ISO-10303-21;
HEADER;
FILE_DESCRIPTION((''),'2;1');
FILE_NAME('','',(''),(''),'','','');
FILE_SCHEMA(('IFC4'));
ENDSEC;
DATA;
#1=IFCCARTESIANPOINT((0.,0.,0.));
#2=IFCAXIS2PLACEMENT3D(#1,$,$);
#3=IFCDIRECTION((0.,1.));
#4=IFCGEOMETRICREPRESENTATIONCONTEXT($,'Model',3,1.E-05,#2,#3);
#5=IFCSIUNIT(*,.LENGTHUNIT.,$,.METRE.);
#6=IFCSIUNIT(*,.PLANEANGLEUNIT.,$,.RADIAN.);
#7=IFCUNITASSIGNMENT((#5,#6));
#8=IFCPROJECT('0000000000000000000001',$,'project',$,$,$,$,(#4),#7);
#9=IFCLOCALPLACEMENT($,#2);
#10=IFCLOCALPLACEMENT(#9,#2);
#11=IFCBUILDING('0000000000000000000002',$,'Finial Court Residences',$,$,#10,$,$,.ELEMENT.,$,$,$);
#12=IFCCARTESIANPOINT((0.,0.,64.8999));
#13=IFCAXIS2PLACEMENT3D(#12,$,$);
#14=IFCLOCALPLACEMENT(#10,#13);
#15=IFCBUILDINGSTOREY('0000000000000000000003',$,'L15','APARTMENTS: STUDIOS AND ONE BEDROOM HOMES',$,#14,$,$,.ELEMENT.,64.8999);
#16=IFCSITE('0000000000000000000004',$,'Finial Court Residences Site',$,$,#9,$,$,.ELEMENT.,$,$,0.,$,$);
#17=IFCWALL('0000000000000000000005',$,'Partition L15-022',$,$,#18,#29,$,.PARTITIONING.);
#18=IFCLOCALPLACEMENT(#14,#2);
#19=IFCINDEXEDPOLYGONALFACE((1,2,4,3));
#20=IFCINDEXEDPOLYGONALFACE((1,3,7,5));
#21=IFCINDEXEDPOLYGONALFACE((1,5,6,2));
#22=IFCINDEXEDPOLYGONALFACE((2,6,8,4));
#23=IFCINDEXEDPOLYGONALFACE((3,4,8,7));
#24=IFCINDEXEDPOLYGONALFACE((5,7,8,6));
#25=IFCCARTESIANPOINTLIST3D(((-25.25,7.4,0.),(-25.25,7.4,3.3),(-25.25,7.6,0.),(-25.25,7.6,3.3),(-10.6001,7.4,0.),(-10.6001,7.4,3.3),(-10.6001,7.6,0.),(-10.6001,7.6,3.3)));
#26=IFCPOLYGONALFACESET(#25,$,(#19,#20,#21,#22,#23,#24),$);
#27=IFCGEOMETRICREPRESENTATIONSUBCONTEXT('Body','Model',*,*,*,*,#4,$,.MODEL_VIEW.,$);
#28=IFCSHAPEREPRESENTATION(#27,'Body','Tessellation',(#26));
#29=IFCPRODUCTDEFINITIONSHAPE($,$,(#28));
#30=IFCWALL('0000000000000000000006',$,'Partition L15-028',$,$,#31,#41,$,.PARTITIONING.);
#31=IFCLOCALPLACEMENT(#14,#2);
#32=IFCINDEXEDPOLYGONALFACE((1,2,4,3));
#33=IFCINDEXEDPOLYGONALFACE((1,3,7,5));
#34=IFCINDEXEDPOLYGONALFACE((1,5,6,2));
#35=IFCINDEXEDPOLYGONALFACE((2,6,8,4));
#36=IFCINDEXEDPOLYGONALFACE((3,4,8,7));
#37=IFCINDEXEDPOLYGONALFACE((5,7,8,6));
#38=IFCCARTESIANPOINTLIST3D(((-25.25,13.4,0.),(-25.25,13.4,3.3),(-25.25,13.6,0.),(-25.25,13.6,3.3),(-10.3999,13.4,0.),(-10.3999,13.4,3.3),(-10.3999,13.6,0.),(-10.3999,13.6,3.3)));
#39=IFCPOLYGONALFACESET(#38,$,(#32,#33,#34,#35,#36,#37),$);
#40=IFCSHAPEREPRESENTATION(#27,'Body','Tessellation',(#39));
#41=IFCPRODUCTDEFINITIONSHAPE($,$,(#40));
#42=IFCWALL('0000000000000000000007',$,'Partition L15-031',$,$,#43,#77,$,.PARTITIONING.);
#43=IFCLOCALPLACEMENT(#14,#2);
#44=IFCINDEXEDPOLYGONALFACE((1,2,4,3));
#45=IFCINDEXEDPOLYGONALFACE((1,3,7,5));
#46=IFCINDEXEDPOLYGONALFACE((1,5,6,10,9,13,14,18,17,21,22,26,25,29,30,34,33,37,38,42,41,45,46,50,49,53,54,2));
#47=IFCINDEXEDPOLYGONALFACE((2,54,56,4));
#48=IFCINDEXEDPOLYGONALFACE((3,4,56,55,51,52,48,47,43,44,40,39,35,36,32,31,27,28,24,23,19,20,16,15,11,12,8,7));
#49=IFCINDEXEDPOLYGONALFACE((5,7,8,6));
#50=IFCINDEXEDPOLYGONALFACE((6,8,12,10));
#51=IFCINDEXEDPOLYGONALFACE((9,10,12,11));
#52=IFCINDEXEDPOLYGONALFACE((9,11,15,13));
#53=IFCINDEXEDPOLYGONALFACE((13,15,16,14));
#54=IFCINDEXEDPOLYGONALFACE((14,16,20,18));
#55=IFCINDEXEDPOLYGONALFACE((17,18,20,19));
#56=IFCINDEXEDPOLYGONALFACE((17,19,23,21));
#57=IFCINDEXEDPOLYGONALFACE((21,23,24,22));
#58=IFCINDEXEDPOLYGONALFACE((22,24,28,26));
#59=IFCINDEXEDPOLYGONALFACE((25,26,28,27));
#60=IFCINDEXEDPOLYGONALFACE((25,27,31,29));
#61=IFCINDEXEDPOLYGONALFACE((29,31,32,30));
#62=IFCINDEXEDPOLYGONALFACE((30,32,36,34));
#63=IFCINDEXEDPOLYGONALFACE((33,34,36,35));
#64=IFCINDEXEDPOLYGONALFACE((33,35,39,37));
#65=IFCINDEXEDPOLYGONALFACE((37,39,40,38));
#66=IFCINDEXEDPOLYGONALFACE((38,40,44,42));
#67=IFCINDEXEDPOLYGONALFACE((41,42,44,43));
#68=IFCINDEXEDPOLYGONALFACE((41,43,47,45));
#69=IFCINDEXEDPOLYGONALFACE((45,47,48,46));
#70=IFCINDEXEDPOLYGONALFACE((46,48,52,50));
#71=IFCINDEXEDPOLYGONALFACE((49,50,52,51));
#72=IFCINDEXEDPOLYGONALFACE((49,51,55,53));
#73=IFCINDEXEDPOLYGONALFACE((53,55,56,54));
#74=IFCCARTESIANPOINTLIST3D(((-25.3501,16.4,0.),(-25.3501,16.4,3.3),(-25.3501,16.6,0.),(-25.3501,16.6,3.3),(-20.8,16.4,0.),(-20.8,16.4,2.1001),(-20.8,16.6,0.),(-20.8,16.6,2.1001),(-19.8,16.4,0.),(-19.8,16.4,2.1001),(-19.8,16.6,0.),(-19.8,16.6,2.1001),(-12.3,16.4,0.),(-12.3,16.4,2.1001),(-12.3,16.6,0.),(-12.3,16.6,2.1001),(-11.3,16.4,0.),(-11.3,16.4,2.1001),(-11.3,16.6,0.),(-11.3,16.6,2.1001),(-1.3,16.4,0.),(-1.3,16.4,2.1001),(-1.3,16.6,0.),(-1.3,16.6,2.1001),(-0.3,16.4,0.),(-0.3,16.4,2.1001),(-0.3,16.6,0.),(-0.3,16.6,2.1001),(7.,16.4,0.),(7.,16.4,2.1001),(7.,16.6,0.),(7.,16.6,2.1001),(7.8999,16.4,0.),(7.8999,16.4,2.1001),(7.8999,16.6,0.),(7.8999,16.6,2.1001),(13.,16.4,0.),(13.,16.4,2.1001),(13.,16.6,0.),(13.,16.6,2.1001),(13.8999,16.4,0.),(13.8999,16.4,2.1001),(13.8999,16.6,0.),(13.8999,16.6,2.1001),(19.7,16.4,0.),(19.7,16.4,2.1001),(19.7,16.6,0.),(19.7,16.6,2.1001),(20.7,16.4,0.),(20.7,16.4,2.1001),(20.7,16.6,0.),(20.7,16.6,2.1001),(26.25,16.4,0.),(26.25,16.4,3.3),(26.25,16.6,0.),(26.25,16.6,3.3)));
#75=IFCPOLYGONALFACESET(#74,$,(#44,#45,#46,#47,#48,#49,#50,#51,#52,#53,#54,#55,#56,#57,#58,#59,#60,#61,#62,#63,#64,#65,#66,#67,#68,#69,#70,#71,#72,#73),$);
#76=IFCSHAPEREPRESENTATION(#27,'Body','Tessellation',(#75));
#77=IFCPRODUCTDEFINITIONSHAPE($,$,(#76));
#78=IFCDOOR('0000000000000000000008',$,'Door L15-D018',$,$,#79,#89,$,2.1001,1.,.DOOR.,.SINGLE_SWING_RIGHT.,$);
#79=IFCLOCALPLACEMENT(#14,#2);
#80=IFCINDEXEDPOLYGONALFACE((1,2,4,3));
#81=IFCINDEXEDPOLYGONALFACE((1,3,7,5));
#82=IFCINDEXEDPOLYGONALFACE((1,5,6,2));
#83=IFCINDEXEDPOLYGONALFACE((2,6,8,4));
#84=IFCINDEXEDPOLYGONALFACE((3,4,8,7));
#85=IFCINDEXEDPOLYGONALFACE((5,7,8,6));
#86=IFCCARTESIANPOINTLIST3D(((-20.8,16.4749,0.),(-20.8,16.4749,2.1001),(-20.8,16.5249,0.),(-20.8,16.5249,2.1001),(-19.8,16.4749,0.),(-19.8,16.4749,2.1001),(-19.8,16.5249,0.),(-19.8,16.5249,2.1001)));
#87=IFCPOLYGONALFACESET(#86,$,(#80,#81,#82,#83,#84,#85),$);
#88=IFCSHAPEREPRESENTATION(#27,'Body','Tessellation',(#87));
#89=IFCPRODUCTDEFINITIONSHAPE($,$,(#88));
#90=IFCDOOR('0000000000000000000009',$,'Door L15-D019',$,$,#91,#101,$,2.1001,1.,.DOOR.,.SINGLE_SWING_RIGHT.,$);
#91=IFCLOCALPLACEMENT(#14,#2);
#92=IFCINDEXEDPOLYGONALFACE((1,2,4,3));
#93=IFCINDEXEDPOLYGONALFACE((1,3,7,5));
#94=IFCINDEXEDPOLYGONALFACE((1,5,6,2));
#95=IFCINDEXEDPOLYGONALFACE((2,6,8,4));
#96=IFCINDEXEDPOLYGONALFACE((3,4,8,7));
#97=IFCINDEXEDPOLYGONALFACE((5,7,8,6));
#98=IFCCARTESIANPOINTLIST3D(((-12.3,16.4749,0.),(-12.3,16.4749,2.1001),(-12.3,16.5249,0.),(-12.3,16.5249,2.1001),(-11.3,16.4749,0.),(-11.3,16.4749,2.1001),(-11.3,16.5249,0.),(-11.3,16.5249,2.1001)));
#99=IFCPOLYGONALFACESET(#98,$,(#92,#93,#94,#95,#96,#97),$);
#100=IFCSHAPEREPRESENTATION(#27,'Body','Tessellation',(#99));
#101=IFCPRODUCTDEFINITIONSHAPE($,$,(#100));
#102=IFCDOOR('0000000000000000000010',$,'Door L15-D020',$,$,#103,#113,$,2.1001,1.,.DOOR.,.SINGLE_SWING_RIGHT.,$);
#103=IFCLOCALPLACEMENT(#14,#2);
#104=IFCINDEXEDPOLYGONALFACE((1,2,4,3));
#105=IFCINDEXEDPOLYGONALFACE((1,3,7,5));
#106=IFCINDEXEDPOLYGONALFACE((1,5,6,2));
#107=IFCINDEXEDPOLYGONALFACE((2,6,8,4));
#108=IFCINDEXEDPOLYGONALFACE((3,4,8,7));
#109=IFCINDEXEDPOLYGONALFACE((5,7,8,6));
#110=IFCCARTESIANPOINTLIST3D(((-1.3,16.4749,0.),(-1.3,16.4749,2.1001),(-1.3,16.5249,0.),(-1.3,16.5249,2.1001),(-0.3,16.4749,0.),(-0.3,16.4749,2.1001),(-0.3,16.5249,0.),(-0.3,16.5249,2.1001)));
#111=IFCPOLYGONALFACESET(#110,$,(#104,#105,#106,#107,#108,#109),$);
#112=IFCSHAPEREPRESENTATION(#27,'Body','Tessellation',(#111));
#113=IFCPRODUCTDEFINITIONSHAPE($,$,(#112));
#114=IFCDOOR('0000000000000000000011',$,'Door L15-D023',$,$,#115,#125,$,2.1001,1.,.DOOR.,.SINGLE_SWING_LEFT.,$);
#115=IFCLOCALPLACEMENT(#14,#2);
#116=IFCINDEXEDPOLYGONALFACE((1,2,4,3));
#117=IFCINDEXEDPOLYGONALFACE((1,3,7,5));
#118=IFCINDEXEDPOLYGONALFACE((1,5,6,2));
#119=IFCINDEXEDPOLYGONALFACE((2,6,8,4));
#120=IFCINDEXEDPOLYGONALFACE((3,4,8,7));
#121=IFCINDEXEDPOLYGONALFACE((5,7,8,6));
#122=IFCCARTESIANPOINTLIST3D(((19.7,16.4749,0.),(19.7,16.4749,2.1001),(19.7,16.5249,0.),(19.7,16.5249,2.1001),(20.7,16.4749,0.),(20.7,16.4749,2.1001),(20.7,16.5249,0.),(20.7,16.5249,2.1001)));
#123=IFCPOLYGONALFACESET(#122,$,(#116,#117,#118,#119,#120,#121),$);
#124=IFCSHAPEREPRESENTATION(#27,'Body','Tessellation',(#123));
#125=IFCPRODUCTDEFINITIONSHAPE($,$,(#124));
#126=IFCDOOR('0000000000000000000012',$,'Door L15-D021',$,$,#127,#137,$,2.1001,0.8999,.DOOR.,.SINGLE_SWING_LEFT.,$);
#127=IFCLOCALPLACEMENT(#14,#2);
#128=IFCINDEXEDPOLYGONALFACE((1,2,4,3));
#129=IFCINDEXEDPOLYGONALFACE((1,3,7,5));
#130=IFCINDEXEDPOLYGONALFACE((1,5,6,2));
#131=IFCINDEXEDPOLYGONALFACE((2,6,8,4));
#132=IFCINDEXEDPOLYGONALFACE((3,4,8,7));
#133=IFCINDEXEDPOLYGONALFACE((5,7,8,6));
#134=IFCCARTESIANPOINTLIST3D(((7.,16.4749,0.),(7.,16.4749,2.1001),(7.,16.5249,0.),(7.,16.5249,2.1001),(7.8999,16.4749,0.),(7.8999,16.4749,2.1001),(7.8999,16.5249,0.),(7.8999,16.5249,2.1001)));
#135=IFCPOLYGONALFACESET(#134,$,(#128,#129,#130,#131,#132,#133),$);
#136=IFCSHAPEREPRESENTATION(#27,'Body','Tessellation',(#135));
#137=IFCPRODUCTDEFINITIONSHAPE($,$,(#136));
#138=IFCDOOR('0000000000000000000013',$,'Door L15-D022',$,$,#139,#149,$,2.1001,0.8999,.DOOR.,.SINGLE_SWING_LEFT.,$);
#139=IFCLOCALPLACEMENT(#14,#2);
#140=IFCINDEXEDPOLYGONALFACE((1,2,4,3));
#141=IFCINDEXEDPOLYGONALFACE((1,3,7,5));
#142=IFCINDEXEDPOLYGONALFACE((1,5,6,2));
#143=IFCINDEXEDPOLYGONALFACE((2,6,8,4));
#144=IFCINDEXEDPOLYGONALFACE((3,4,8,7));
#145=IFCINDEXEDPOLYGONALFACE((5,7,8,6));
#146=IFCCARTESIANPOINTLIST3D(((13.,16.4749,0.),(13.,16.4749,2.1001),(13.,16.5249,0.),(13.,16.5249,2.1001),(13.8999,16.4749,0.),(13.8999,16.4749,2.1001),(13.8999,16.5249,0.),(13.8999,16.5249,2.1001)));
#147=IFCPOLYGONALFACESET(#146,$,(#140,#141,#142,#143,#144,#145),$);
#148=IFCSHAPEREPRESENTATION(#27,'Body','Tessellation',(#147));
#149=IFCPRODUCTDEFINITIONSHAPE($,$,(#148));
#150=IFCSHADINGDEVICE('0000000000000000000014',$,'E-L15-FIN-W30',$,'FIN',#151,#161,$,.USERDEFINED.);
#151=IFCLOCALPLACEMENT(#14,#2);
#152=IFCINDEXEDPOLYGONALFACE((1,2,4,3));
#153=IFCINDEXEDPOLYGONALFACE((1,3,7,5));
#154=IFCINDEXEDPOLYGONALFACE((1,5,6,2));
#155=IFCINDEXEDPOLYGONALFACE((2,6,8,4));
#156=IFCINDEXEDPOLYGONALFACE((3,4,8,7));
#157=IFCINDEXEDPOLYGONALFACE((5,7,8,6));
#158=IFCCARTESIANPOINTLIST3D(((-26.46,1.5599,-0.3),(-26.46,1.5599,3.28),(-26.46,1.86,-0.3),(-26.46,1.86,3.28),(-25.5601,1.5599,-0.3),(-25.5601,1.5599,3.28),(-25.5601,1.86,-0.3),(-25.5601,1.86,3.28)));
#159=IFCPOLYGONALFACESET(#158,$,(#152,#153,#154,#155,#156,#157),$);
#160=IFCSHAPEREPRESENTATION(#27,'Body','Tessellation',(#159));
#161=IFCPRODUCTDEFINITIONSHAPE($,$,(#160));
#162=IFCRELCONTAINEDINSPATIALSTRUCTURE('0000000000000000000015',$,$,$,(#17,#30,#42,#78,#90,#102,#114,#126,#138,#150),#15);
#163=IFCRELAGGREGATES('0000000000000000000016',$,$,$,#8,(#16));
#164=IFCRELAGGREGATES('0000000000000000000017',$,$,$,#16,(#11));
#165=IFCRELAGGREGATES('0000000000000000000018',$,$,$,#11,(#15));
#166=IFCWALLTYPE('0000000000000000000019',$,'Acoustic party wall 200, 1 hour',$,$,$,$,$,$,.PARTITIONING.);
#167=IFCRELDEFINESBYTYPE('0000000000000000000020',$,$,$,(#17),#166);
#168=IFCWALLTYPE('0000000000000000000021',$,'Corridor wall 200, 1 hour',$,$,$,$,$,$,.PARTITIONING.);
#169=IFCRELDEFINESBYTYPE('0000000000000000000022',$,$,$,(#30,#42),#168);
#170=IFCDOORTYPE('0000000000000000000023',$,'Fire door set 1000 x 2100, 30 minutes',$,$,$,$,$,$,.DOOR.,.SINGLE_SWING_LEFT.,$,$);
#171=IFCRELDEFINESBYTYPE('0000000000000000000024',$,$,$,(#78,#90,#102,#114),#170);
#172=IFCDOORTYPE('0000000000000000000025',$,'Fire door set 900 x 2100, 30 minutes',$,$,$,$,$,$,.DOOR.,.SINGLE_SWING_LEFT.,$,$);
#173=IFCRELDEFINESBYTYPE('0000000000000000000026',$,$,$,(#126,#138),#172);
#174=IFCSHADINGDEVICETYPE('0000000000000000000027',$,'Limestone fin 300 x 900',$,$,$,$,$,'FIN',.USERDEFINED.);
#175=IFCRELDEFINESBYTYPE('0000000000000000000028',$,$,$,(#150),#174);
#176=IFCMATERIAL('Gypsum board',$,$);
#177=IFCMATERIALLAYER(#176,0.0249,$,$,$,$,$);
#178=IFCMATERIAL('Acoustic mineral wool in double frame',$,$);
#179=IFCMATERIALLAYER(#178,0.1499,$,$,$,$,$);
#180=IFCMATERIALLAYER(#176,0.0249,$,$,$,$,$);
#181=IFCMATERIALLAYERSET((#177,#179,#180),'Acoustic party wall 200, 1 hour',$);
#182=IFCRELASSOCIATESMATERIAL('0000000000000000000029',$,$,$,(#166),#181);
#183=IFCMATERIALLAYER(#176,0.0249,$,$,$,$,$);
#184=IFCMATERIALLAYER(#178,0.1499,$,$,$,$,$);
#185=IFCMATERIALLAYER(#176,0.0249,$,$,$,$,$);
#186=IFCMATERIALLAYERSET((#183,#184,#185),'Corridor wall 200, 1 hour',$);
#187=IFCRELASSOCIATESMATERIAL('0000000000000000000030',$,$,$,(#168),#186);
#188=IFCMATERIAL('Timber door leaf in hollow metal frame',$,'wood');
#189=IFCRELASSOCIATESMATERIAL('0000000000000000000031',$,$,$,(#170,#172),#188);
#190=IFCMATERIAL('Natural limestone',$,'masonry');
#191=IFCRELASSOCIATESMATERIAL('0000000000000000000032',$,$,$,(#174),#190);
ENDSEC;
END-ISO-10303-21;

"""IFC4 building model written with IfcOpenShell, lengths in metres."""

from ifc_helpers import new_model, si_unit, direction, frame, frame_2d, origin, origin_2d, place, context, subcontext, project, spatial, rectangle, extrude, material, layer, layer_set, type_object, element, fill, save


model = new_model("IFC4")

# Units and contexts
model_context = context("Model", 3, precision=1e-05, world=origin(), true_north=direction((0.0, 1.0)))
body_context = subcontext(model_context, "Body", "Model", "MODEL_VIEW")
ifc_project = project(units=[si_unit("LENGTHUNIT", "METRE"), si_unit("PLANEANGLEUNIT", "RADIAN")], contexts=[model_context])

# Site, building, storey
site_placement = place(None, origin())
site = spatial("IfcSite", under=ifc_project, at=site_placement, Name="Finial Court Residences Site", CompositionType="ELEMENT", RefElevation=0.0)
building_placement = place(site_placement, origin())
building = spatial("IfcBuilding", under=site, at=building_placement, Name="Finial Court Residences", CompositionType="ELEMENT")
storey_placement = place(building_placement, frame((0.0, 0.0, 64.8999)))
storey = spatial("IfcBuildingStorey", under=building, at=storey_placement, Name="L15", Description="APARTMENTS: STUDIOS AND ONE BEDROOM HOMES", CompositionType="ELEMENT", Elevation=64.8999)

# Walls
ifc_material_1 = material(Name="Gypsum board")
ifc_layer_1 = layer(ifc_material_1, 0.0249)
ifc_material_2 = material(Name="Acoustic mineral wool in double frame")
ifc_layer_2 = layer(ifc_material_2, 0.1499)
ifc_layer_3 = layer(ifc_material_1, 0.0249)
ifc_layer_set_1 = layer_set([ifc_layer_1, ifc_layer_2, ifc_layer_3], Name="Acoustic party wall 200, 1 hour")
wall_type_1 = type_object("IfcWallType", Name="Acoustic party wall 200, 1 hour", PredefinedType="PARTITIONING", material=ifc_layer_set_1)
for number, where, z_axis, x_axis, name in (
    (1, (-25.25, 7.5, 0.0), (0.0, 0.0, 1.0), (1.0, 0.0, 0.0), "Partition L15-022"),
):
    element("IfcWall", number, at=place(storey_placement, frame(where, z_axis=z_axis, x_axis=x_axis)), inside=storey, type_object=wall_type_1, Name=name, PredefinedType="PARTITIONING", context=body_context, shape_type="SweptSolid", body=[
        extrude(rectangle(XDim=14.6499, YDim=0.2, at=frame_2d((7.325, 0.0))), origin(), (0.0, 0.0, 1.0), 3.3),
    ])
ifc_layer_4 = layer(ifc_material_1, 0.0249)
ifc_layer_5 = layer(ifc_material_2, 0.1499)
ifc_layer_6 = layer(ifc_material_1, 0.0249)
ifc_layer_set_2 = layer_set([ifc_layer_4, ifc_layer_5, ifc_layer_6], Name="Corridor wall 200, 1 hour")
wall_type_2 = type_object("IfcWallType", Name="Corridor wall 200, 1 hour", PredefinedType="PARTITIONING", material=ifc_layer_set_2)
wall_1_placement = place(storey_placement, frame((-25.25, 13.5, 0.0), z_axis=(0.0, 0.0, 1.0), x_axis=(1.0, 0.0, 0.0)))
element("IfcWall", 2, at=wall_1_placement, inside=storey, type_object=wall_type_2, Name="Partition L15-028", PredefinedType="PARTITIONING", context=body_context, shape_type="SweptSolid", body=[
    extrude(rectangle(XDim=14.8501, YDim=0.2, at=frame_2d((7.425, 0.0))), origin(), (0.0, 0.0, 1.0), 3.3),
])

# Wall, openings, doors
wall_2_placement = place(storey_placement, frame((-25.3501, 16.5, 0.0), z_axis=(0.0, 0.0, 1.0), x_axis=(1.0, 0.0, 0.0)))
wall_2 = element("IfcWall", 3, at=wall_2_placement, inside=storey, type_object=wall_type_2, Name="Partition L15-031", PredefinedType="PARTITIONING", context=body_context, shape_type="SweptSolid", body=[
    extrude(rectangle(XDim=51.6001, YDim=0.2, at=frame_2d((25.8, 0.0))), origin(), (0.0, 0.0, 1.0), 3.3),
])
opening_1_placement = place(wall_2_placement, frame((4.55, 0.0, 0.0)))
opening_1 = element("IfcOpeningElement", 4, at=opening_1_placement, cuts=wall_2, PredefinedType="OPENING", context=body_context, shape_type="SweptSolid", body=[
    extrude(rectangle(XDim=1.0, YDim=2.1001, at=frame_2d((0.5, 1.05))), frame((0.0, 0.1099, 0.0), z_axis=(0.0, -1.0, 0.0), x_axis=(1.0, 0.0, 0.0)), (0.0, 0.0, 1.0), 0.22),
])
opening_2_placement = place(wall_2_placement, frame((13.05, 0.0, 0.0)))
opening_2 = element("IfcOpeningElement", 5, at=opening_2_placement, cuts=wall_2, PredefinedType="OPENING", context=body_context, shape_type="SweptSolid", body=[
    extrude(rectangle(XDim=1.0, YDim=2.1001, at=frame_2d((0.5, 1.05))), frame((0.0, 0.1099, 0.0), z_axis=(0.0, -1.0, 0.0), x_axis=(1.0, 0.0, 0.0)), (0.0, 0.0, 1.0), 0.22),
])
opening_3_placement = place(wall_2_placement, frame((24.05, 0.0, 0.0)))
opening_3 = element("IfcOpeningElement", 6, at=opening_3_placement, cuts=wall_2, PredefinedType="OPENING", context=body_context, shape_type="SweptSolid", body=[
    extrude(rectangle(XDim=1.0, YDim=2.1001, at=frame_2d((0.5, 1.05))), frame((0.0, 0.1099, 0.0), z_axis=(0.0, -1.0, 0.0), x_axis=(1.0, 0.0, 0.0)), (0.0, 0.0, 1.0), 0.22),
])
opening_4_placement = place(wall_2_placement, frame((32.3501, 0.0, 0.0)))
opening_4 = element("IfcOpeningElement", 7, at=opening_4_placement, cuts=wall_2, PredefinedType="OPENING", context=body_context, shape_type="SweptSolid", body=[
    extrude(rectangle(XDim=0.8999, YDim=2.1001, at=frame_2d((0.45, 1.05))), frame((0.0, 0.1099, 0.0), z_axis=(0.0, -1.0, 0.0), x_axis=(1.0, 0.0, 0.0)), (0.0, 0.0, 1.0), 0.22),
])
opening_5_placement = place(wall_2_placement, frame((38.3501, 0.0, 0.0)))
opening_5 = element("IfcOpeningElement", 8, at=opening_5_placement, cuts=wall_2, PredefinedType="OPENING", context=body_context, shape_type="SweptSolid", body=[
    extrude(rectangle(XDim=0.8999, YDim=2.1001, at=frame_2d((0.45, 1.05))), frame((0.0, 0.1099, 0.0), z_axis=(0.0, -1.0, 0.0), x_axis=(1.0, 0.0, 0.0)), (0.0, 0.0, 1.0), 0.22),
])
opening_6_placement = place(wall_2_placement, frame((45.05, 0.0, 0.0)))
opening_6 = element("IfcOpeningElement", 9, at=opening_6_placement, cuts=wall_2, PredefinedType="OPENING", context=body_context, shape_type="SweptSolid", body=[
    extrude(rectangle(XDim=1.0, YDim=2.1001, at=frame_2d((0.5, 1.05))), frame((0.0, 0.1099, 0.0), z_axis=(0.0, -1.0, 0.0), x_axis=(1.0, 0.0, 0.0)), (0.0, 0.0, 1.0), 0.22),
])
ifc_material_3 = material(Name="Timber door leaf in hollow metal frame", Category="wood")
door_type_1 = type_object("IfcDoorType", Name="Fire door set 1000 x 2100, 30 minutes", OperationType="SINGLE_SWING_LEFT", PredefinedType="DOOR", material=ifc_material_3)
door_1_placement = place(opening_1_placement, origin())
door_1 = element("IfcDoor", 10, at=door_1_placement, inside=storey, type_object=door_type_1, Name="Door L15-D018", OperationType="SINGLE_SWING_RIGHT", OverallHeight=2.1001, OverallWidth=1.0, PredefinedType="DOOR", context=body_context, shape_type="SweptSolid", body=[
    extrude(rectangle(XDim=1.0, YDim=2.1001, at=frame_2d((0.5, 1.05))), frame((0.0, 0.0249, 0.0), z_axis=(0.0, -1.0, 0.0), x_axis=(1.0, 0.0, 0.0)), (0.0, 0.0, 1.0), 0.05),
])
fill(opening_1, door_1)
door_2_placement = place(opening_2_placement, origin())
door_2 = element("IfcDoor", 11, at=door_2_placement, inside=storey, type_object=door_type_1, Name="Door L15-D019", OperationType="SINGLE_SWING_RIGHT", OverallHeight=2.1001, OverallWidth=1.0, PredefinedType="DOOR", context=body_context, shape_type="SweptSolid", body=[
    extrude(rectangle(XDim=1.0, YDim=2.1001, at=frame_2d((0.5, 1.05))), frame((0.0, 0.0249, 0.0), z_axis=(0.0, -1.0, 0.0), x_axis=(1.0, 0.0, 0.0)), (0.0, 0.0, 1.0), 0.05),
])
fill(opening_2, door_2)
door_3_placement = place(opening_3_placement, origin())
door_3 = element("IfcDoor", 12, at=door_3_placement, inside=storey, type_object=door_type_1, Name="Door L15-D020", OperationType="SINGLE_SWING_RIGHT", OverallHeight=2.1001, OverallWidth=1.0, PredefinedType="DOOR", context=body_context, shape_type="SweptSolid", body=[
    extrude(rectangle(XDim=1.0, YDim=2.1001, at=frame_2d((0.5, 1.05))), frame((0.0, 0.0249, 0.0), z_axis=(0.0, -1.0, 0.0), x_axis=(1.0, 0.0, 0.0)), (0.0, 0.0, 1.0), 0.05),
])
fill(opening_3, door_3)
door_4_placement = place(opening_6_placement, origin())
door_4 = element("IfcDoor", 13, at=door_4_placement, inside=storey, type_object=door_type_1, Name="Door L15-D023", OperationType="SINGLE_SWING_LEFT", OverallHeight=2.1001, OverallWidth=1.0, PredefinedType="DOOR", context=body_context, shape_type="SweptSolid", body=[
    extrude(rectangle(XDim=1.0, YDim=2.1001, at=frame_2d((0.5, 1.05))), frame((0.0, 0.0249, 0.0), z_axis=(0.0, -1.0, 0.0), x_axis=(1.0, 0.0, 0.0)), (0.0, 0.0, 1.0), 0.05),
])
fill(opening_6, door_4)
door_type_2 = type_object("IfcDoorType", Name="Fire door set 900 x 2100, 30 minutes", OperationType="SINGLE_SWING_LEFT", PredefinedType="DOOR", material=ifc_material_3)
door_5_placement = place(opening_4_placement, origin())
door_5 = element("IfcDoor", 14, at=door_5_placement, inside=storey, type_object=door_type_2, Name="Door L15-D021", OperationType="SINGLE_SWING_LEFT", OverallHeight=2.1001, OverallWidth=0.8999, PredefinedType="DOOR", context=body_context, shape_type="SweptSolid", body=[
    extrude(rectangle(XDim=0.8999, YDim=2.1001, at=frame_2d((0.45, 1.05))), frame((0.0, 0.0249, 0.0), z_axis=(0.0, -1.0, 0.0), x_axis=(1.0, 0.0, 0.0)), (0.0, 0.0, 1.0), 0.05),
])
fill(opening_4, door_5)
door_6_placement = place(opening_5_placement, origin())
door_6 = element("IfcDoor", 15, at=door_6_placement, inside=storey, type_object=door_type_2, Name="Door L15-D022", OperationType="SINGLE_SWING_LEFT", OverallHeight=2.1001, OverallWidth=0.8999, PredefinedType="DOOR", context=body_context, shape_type="SweptSolid", body=[
    extrude(rectangle(XDim=0.8999, YDim=2.1001, at=frame_2d((0.45, 1.05))), frame((0.0, 0.0249, 0.0), z_axis=(0.0, -1.0, 0.0), x_axis=(1.0, 0.0, 0.0)), (0.0, 0.0, 1.0), 0.05),
])
fill(opening_5, door_6)

# Shading device
ifc_material_4 = material(Name="Natural limestone", Category="masonry")
shading_device_type = type_object("IfcShadingDeviceType", Name="Limestone fin 300 x 900", ElementType="FIN", PredefinedType="USERDEFINED", material=ifc_material_4)
for number, where, z_axis, x_axis, name in (
    (16, (-26.01, 1.71, -0.3), (0.0, 0.0, 1.0), (1.0, 0.0, 0.0), "E-L15-FIN-W30"),
):
    element("IfcShadingDevice", number, at=place(storey_placement, frame(where, z_axis=z_axis, x_axis=x_axis)), inside=storey, type_object=shading_device_type, Name=name, ObjectType="FIN", PredefinedType="USERDEFINED", context=body_context, shape_type="SweptSolid", body=[
        extrude(rectangle(XDim=0.8999, YDim=0.3, at=origin_2d()), origin(), (0.0, 0.0, 1.0), 3.5801),
    ])

save(model, "model.ifc")
